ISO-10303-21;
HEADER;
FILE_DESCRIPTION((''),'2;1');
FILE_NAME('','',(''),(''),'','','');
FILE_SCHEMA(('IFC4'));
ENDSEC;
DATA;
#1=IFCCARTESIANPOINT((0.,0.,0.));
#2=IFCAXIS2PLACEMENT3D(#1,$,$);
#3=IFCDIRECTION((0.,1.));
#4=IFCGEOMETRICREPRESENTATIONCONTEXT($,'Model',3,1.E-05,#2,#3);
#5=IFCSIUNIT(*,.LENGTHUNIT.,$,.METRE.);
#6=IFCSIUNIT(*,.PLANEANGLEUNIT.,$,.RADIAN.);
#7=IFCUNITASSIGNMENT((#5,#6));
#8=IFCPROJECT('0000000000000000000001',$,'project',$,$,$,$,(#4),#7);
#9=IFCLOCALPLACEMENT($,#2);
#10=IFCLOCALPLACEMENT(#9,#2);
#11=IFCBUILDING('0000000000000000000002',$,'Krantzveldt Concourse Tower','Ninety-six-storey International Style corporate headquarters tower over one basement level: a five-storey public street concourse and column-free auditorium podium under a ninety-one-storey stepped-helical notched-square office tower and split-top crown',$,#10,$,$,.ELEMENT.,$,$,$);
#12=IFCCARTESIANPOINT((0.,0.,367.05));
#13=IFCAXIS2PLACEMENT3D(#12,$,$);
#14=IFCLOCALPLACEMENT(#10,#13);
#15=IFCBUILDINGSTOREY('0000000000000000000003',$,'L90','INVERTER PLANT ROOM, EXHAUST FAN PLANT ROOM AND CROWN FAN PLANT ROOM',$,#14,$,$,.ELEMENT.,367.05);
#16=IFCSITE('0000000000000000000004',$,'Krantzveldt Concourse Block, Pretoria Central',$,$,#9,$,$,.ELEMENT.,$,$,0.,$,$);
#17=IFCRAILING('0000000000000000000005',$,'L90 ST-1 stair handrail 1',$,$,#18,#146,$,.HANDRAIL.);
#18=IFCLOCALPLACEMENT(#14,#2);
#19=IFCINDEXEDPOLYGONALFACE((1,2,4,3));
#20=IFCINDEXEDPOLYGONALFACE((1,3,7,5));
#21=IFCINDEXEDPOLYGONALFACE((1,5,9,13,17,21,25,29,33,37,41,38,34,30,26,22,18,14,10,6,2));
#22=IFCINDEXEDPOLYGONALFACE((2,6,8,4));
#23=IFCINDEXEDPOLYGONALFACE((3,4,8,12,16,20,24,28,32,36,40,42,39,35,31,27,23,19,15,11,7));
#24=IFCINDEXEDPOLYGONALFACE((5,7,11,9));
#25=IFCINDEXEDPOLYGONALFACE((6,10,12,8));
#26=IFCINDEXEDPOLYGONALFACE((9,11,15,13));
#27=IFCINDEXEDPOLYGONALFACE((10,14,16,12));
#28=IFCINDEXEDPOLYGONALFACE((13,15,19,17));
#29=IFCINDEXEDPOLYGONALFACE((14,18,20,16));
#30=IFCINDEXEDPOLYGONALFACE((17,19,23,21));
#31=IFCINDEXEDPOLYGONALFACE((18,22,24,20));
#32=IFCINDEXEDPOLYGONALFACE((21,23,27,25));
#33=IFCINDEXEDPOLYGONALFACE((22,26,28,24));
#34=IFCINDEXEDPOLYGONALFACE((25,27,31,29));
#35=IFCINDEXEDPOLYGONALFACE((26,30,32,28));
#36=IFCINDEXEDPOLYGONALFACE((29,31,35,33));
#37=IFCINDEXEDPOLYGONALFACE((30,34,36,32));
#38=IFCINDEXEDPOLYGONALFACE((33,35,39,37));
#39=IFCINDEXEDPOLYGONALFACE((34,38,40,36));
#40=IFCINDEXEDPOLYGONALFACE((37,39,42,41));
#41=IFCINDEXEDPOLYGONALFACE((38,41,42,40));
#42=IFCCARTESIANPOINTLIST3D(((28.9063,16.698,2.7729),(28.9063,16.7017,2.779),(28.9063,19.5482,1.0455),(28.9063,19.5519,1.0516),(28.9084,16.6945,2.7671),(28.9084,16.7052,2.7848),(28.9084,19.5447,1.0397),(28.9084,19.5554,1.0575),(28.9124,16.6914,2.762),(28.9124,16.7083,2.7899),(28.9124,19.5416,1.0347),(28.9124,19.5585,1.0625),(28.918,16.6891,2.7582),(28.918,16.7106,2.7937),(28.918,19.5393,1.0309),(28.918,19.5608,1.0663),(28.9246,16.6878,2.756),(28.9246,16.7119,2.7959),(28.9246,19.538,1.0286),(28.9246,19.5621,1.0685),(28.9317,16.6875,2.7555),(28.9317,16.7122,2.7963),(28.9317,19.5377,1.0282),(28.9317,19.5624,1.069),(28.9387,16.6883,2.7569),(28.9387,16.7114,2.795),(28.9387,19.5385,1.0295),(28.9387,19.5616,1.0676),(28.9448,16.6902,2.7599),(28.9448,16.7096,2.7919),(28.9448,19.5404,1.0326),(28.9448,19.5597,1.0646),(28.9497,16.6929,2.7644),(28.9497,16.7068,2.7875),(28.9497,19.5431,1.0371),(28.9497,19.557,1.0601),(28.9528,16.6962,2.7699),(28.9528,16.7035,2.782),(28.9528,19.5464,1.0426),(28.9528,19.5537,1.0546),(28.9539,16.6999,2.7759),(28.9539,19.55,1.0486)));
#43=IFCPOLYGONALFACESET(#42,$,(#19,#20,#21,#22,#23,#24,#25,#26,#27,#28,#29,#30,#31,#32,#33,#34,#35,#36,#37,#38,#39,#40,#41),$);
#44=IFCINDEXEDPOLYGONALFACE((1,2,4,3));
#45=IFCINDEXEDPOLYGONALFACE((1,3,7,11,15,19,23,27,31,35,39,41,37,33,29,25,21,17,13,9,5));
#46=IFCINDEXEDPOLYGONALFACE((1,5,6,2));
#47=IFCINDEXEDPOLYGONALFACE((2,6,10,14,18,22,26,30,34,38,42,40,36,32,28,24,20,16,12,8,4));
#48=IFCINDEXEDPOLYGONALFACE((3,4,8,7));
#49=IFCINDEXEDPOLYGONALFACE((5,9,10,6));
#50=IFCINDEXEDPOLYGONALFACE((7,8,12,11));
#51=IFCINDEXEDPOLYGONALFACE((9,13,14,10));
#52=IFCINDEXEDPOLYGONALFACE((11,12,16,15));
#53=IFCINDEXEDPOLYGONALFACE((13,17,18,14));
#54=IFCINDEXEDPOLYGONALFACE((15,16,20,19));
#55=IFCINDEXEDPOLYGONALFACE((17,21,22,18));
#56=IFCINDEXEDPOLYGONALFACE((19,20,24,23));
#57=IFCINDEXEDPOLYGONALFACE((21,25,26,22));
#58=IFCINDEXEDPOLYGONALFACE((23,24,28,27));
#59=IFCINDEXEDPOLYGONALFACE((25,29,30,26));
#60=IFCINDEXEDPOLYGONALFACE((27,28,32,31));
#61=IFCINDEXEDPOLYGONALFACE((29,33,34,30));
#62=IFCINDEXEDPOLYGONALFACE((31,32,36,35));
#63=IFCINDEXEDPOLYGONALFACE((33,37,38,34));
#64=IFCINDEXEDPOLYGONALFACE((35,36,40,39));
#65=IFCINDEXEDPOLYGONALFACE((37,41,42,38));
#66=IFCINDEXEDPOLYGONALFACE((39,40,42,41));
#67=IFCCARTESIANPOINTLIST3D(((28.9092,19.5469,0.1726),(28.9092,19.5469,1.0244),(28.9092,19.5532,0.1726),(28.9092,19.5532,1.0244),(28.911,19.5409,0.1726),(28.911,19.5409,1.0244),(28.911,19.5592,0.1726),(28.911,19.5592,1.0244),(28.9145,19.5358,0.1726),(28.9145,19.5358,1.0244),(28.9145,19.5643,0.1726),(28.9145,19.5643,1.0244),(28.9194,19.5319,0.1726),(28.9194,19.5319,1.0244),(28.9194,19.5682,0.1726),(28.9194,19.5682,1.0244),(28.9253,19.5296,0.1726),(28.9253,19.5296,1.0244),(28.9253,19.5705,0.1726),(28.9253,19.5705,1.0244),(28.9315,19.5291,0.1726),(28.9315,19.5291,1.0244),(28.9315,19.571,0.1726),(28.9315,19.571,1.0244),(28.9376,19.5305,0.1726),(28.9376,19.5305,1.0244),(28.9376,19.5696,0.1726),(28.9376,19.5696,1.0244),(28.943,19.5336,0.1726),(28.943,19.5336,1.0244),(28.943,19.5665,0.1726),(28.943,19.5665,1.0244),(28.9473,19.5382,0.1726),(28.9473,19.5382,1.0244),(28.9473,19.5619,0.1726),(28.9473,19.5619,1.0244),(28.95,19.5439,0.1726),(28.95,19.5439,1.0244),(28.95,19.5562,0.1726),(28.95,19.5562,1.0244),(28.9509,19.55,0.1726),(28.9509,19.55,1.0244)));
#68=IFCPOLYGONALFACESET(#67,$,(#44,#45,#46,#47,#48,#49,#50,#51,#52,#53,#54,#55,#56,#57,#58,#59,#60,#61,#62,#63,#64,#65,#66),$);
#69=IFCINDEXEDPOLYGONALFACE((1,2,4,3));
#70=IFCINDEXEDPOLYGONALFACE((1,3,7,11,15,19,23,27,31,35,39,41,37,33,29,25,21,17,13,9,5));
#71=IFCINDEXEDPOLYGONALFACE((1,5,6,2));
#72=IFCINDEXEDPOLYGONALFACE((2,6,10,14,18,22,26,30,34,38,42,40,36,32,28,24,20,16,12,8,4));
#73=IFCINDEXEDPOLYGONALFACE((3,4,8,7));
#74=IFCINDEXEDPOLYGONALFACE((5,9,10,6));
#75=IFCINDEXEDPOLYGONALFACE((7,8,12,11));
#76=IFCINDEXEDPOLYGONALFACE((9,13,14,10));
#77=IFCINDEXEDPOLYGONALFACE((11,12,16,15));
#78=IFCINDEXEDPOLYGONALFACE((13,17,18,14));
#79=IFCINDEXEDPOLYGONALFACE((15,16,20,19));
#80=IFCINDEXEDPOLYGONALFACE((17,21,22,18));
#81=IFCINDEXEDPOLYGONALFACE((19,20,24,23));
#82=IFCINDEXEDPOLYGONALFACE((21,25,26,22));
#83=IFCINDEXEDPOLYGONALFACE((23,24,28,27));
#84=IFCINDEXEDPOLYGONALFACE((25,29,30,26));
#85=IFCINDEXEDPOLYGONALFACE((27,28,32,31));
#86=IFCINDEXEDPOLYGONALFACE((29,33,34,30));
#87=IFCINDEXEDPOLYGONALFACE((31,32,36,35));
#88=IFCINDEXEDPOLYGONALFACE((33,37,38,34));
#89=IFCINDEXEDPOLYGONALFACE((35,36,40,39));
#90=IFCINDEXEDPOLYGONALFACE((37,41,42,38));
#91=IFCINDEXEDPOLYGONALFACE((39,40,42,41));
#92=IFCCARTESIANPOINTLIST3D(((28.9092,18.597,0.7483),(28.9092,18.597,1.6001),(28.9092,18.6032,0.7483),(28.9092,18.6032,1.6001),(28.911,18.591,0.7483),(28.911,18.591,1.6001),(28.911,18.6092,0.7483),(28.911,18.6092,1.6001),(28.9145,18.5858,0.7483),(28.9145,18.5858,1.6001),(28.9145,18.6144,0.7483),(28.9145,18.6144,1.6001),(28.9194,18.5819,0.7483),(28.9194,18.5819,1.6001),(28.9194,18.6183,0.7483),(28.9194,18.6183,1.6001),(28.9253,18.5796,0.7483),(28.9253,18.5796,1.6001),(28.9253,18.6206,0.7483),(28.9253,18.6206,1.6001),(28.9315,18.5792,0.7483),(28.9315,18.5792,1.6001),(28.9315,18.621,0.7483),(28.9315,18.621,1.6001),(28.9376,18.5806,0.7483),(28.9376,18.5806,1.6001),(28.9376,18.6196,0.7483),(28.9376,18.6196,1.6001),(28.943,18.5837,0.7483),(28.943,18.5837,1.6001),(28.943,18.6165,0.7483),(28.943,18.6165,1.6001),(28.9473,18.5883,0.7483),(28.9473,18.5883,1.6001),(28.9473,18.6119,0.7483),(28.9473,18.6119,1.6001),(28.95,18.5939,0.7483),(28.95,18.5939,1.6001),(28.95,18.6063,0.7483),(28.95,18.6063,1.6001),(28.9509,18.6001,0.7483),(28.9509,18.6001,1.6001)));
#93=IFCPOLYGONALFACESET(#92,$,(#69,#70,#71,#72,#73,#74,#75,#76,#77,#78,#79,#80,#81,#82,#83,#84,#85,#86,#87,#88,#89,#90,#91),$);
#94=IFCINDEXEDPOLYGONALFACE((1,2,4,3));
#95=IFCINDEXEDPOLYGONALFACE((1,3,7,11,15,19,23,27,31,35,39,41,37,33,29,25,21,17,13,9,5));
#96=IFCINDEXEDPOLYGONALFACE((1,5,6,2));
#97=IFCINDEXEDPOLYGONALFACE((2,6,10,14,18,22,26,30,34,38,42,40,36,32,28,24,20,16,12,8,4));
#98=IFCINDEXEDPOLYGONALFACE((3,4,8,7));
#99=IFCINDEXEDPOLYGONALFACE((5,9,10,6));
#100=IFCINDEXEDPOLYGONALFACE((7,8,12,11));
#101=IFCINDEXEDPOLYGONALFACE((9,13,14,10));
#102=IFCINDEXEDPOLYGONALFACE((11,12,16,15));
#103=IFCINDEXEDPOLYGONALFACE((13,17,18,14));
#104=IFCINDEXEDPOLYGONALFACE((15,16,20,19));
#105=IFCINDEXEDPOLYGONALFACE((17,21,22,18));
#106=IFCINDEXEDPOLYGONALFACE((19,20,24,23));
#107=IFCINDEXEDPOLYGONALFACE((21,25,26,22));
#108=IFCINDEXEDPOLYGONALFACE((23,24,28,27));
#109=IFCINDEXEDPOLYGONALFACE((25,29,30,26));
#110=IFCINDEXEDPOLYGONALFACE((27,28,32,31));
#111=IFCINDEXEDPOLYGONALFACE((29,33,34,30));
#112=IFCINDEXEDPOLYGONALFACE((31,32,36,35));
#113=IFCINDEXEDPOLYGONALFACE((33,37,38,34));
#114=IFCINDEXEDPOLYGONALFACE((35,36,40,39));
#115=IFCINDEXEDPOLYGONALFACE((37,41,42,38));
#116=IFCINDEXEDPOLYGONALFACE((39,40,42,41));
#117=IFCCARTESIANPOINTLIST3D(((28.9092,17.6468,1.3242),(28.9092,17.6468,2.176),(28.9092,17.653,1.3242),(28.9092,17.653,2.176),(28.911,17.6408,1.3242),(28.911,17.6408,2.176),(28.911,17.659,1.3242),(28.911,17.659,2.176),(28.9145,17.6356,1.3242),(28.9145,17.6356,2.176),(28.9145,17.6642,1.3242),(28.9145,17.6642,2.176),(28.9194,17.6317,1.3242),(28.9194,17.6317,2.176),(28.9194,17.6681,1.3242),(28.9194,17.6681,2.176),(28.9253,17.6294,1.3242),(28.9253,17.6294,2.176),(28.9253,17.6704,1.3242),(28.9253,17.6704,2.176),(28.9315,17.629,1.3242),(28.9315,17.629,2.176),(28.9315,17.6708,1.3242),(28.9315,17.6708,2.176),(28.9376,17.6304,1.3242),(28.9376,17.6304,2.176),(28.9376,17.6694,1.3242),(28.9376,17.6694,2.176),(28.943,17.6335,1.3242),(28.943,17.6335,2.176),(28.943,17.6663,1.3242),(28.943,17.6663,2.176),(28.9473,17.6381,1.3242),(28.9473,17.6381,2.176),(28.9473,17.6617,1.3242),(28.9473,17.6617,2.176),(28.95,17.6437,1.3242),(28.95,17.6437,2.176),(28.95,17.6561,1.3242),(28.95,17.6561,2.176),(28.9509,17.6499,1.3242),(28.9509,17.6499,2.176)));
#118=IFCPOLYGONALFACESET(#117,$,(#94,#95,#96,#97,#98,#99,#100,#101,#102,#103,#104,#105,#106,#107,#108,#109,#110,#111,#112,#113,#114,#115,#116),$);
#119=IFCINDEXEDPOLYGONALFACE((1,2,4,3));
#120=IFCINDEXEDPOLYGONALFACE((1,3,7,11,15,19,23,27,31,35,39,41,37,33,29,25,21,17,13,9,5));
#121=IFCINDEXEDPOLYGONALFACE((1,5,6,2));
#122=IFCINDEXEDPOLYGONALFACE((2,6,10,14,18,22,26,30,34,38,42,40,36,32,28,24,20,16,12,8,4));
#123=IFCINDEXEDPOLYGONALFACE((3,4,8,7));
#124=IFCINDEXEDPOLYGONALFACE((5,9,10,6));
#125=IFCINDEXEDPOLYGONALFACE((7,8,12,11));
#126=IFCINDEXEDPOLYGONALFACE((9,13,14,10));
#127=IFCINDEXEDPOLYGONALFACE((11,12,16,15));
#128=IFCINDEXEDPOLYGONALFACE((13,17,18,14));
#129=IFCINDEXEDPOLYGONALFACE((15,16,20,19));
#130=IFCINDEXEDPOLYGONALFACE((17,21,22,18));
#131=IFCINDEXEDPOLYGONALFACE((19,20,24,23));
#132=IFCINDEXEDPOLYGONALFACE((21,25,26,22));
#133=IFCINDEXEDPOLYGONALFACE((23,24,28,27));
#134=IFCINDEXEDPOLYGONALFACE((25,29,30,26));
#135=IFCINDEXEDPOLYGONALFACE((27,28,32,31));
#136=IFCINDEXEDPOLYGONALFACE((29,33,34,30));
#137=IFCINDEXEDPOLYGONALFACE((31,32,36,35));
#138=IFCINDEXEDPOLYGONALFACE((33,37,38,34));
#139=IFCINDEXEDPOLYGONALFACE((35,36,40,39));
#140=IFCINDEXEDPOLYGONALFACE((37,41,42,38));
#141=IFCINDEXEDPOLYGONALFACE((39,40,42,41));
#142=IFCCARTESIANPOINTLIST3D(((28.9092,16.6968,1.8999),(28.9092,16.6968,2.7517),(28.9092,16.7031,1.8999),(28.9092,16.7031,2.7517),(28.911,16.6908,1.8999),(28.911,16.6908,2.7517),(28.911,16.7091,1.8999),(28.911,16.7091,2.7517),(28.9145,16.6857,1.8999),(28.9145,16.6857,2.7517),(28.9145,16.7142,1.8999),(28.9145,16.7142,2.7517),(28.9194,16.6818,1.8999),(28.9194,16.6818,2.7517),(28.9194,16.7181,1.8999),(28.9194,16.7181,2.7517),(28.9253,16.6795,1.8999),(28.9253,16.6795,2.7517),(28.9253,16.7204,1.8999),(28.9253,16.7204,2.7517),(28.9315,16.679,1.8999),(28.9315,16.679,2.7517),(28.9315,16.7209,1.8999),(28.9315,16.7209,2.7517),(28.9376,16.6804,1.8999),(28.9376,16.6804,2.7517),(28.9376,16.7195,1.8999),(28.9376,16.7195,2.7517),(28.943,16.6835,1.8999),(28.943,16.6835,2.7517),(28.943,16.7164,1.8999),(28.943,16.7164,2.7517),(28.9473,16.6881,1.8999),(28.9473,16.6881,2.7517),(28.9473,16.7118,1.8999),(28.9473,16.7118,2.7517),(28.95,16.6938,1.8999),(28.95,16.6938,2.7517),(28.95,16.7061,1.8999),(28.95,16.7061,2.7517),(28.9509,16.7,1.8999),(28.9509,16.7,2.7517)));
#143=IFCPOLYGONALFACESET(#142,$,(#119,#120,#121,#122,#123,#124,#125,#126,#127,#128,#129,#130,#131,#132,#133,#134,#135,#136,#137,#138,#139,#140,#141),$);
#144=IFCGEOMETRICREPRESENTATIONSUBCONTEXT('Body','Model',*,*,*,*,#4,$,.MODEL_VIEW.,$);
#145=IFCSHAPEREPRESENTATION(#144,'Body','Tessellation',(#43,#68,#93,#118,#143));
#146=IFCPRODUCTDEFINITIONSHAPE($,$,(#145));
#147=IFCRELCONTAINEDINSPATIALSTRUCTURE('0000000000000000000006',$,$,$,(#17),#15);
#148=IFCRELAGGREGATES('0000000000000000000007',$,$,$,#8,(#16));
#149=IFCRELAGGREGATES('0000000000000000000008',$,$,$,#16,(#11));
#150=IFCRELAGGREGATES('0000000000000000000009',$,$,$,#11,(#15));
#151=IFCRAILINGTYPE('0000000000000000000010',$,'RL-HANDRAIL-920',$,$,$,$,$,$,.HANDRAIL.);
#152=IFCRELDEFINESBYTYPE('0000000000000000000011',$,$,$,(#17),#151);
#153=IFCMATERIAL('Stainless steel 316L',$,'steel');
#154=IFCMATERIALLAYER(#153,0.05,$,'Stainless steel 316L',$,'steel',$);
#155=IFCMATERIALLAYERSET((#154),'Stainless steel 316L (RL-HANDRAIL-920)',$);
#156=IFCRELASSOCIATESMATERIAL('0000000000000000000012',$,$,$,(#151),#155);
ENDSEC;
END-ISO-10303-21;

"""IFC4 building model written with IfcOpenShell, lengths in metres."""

from ifc_helpers import new_model, si_unit, direction, frame, origin, origin_2d, place, context, subcontext, project, spatial, circle, extrude, material, layer, layer_set, type_object, element, save


model = new_model("IFC4")

# Units and contexts
model_context = context("Model", 3, precision=1e-05, world=origin(), true_north=direction((0.0, 1.0)))
body_context = subcontext(model_context, "Body", "Model", "MODEL_VIEW")
ifc_project = project(units=[si_unit("LENGTHUNIT", "METRE"), si_unit("PLANEANGLEUNIT", "RADIAN")], contexts=[model_context])

# Site, building, storey
site_placement = place(None, origin())
site = spatial("IfcSite", under=ifc_project, at=site_placement, Name="Krantzveldt Concourse Block, Pretoria Central", CompositionType="ELEMENT", RefElevation=0.0)
building_placement = place(site_placement, origin())
building = spatial("IfcBuilding", under=site, at=building_placement, Name="Krantzveldt Concourse Tower", Description="Ninety-six-storey International Style corporate headquarters tower over one basement level: a five-storey public street concourse and column-free auditorium podium under a ninety-one-storey stepped-helical notched-square office tower and split-top crown", CompositionType="ELEMENT")
storey_placement = place(building_placement, frame((0.0, 0.0, 367.05)))
storey = spatial("IfcBuildingStorey", under=building, at=storey_placement, Name="L90", Description="INVERTER PLANT ROOM, EXHAUST FAN PLANT ROOM AND CROWN FAN PLANT ROOM", CompositionType="ELEMENT", Elevation=367.05)

# Shared definitions
ifc_material_1 = material(Name="Stainless steel 316L", Category="steel")

# Railing
ifc_layer_1 = layer(ifc_material_1, 0.05, Name="Stainless steel 316L", Category="steel")
ifc_layer_set_1 = layer_set([ifc_layer_1], Name="Stainless steel 316L (RL-HANDRAIL-920)")
railing_type_1 = type_object("IfcRailingType", Name="RL-HANDRAIL-920", PredefinedType="HANDRAIL", material=ifc_layer_set_1)
railing_1_placement = place(storey_placement, frame((28.9299, 19.55, 0.1726)))
element("IfcRailing", 1, at=railing_1_placement, inside=storey, type_object=railing_type_1, Name="L90 ST-1 stair handrail 1", PredefinedType="HANDRAIL", context=body_context, shape_type="SweptSolid", body=[
    extrude(circle(Radius=0.0239, at=origin_2d()), frame((0.0, 0.0, 0.876), z_axis=(0.0, -0.855203, 0.518294), x_axis=(1.0, 0.0, 0.0)), (0.0, 0.0, 1.0), 3.3328),
    extrude(circle(Radius=0.021, at=origin_2d()), origin(), (0.0, 0.0, 1.0), 0.8518),
    extrude(circle(Radius=0.021, at=origin_2d()), frame((0.0, -0.95, 0.5757)), (0.0, 0.0, 1.0), 0.8518),
    extrude(circle(Radius=0.021, at=origin_2d()), frame((0.0, -1.9001, 1.1516)), (0.0, 0.0, 1.0), 0.8518),
    extrude(circle(Radius=0.021, at=origin_2d()), frame((0.0, -2.8501, 1.7273)), (0.0, 0.0, 1.0), 0.8518),
])

save(model, "model.ifc")
